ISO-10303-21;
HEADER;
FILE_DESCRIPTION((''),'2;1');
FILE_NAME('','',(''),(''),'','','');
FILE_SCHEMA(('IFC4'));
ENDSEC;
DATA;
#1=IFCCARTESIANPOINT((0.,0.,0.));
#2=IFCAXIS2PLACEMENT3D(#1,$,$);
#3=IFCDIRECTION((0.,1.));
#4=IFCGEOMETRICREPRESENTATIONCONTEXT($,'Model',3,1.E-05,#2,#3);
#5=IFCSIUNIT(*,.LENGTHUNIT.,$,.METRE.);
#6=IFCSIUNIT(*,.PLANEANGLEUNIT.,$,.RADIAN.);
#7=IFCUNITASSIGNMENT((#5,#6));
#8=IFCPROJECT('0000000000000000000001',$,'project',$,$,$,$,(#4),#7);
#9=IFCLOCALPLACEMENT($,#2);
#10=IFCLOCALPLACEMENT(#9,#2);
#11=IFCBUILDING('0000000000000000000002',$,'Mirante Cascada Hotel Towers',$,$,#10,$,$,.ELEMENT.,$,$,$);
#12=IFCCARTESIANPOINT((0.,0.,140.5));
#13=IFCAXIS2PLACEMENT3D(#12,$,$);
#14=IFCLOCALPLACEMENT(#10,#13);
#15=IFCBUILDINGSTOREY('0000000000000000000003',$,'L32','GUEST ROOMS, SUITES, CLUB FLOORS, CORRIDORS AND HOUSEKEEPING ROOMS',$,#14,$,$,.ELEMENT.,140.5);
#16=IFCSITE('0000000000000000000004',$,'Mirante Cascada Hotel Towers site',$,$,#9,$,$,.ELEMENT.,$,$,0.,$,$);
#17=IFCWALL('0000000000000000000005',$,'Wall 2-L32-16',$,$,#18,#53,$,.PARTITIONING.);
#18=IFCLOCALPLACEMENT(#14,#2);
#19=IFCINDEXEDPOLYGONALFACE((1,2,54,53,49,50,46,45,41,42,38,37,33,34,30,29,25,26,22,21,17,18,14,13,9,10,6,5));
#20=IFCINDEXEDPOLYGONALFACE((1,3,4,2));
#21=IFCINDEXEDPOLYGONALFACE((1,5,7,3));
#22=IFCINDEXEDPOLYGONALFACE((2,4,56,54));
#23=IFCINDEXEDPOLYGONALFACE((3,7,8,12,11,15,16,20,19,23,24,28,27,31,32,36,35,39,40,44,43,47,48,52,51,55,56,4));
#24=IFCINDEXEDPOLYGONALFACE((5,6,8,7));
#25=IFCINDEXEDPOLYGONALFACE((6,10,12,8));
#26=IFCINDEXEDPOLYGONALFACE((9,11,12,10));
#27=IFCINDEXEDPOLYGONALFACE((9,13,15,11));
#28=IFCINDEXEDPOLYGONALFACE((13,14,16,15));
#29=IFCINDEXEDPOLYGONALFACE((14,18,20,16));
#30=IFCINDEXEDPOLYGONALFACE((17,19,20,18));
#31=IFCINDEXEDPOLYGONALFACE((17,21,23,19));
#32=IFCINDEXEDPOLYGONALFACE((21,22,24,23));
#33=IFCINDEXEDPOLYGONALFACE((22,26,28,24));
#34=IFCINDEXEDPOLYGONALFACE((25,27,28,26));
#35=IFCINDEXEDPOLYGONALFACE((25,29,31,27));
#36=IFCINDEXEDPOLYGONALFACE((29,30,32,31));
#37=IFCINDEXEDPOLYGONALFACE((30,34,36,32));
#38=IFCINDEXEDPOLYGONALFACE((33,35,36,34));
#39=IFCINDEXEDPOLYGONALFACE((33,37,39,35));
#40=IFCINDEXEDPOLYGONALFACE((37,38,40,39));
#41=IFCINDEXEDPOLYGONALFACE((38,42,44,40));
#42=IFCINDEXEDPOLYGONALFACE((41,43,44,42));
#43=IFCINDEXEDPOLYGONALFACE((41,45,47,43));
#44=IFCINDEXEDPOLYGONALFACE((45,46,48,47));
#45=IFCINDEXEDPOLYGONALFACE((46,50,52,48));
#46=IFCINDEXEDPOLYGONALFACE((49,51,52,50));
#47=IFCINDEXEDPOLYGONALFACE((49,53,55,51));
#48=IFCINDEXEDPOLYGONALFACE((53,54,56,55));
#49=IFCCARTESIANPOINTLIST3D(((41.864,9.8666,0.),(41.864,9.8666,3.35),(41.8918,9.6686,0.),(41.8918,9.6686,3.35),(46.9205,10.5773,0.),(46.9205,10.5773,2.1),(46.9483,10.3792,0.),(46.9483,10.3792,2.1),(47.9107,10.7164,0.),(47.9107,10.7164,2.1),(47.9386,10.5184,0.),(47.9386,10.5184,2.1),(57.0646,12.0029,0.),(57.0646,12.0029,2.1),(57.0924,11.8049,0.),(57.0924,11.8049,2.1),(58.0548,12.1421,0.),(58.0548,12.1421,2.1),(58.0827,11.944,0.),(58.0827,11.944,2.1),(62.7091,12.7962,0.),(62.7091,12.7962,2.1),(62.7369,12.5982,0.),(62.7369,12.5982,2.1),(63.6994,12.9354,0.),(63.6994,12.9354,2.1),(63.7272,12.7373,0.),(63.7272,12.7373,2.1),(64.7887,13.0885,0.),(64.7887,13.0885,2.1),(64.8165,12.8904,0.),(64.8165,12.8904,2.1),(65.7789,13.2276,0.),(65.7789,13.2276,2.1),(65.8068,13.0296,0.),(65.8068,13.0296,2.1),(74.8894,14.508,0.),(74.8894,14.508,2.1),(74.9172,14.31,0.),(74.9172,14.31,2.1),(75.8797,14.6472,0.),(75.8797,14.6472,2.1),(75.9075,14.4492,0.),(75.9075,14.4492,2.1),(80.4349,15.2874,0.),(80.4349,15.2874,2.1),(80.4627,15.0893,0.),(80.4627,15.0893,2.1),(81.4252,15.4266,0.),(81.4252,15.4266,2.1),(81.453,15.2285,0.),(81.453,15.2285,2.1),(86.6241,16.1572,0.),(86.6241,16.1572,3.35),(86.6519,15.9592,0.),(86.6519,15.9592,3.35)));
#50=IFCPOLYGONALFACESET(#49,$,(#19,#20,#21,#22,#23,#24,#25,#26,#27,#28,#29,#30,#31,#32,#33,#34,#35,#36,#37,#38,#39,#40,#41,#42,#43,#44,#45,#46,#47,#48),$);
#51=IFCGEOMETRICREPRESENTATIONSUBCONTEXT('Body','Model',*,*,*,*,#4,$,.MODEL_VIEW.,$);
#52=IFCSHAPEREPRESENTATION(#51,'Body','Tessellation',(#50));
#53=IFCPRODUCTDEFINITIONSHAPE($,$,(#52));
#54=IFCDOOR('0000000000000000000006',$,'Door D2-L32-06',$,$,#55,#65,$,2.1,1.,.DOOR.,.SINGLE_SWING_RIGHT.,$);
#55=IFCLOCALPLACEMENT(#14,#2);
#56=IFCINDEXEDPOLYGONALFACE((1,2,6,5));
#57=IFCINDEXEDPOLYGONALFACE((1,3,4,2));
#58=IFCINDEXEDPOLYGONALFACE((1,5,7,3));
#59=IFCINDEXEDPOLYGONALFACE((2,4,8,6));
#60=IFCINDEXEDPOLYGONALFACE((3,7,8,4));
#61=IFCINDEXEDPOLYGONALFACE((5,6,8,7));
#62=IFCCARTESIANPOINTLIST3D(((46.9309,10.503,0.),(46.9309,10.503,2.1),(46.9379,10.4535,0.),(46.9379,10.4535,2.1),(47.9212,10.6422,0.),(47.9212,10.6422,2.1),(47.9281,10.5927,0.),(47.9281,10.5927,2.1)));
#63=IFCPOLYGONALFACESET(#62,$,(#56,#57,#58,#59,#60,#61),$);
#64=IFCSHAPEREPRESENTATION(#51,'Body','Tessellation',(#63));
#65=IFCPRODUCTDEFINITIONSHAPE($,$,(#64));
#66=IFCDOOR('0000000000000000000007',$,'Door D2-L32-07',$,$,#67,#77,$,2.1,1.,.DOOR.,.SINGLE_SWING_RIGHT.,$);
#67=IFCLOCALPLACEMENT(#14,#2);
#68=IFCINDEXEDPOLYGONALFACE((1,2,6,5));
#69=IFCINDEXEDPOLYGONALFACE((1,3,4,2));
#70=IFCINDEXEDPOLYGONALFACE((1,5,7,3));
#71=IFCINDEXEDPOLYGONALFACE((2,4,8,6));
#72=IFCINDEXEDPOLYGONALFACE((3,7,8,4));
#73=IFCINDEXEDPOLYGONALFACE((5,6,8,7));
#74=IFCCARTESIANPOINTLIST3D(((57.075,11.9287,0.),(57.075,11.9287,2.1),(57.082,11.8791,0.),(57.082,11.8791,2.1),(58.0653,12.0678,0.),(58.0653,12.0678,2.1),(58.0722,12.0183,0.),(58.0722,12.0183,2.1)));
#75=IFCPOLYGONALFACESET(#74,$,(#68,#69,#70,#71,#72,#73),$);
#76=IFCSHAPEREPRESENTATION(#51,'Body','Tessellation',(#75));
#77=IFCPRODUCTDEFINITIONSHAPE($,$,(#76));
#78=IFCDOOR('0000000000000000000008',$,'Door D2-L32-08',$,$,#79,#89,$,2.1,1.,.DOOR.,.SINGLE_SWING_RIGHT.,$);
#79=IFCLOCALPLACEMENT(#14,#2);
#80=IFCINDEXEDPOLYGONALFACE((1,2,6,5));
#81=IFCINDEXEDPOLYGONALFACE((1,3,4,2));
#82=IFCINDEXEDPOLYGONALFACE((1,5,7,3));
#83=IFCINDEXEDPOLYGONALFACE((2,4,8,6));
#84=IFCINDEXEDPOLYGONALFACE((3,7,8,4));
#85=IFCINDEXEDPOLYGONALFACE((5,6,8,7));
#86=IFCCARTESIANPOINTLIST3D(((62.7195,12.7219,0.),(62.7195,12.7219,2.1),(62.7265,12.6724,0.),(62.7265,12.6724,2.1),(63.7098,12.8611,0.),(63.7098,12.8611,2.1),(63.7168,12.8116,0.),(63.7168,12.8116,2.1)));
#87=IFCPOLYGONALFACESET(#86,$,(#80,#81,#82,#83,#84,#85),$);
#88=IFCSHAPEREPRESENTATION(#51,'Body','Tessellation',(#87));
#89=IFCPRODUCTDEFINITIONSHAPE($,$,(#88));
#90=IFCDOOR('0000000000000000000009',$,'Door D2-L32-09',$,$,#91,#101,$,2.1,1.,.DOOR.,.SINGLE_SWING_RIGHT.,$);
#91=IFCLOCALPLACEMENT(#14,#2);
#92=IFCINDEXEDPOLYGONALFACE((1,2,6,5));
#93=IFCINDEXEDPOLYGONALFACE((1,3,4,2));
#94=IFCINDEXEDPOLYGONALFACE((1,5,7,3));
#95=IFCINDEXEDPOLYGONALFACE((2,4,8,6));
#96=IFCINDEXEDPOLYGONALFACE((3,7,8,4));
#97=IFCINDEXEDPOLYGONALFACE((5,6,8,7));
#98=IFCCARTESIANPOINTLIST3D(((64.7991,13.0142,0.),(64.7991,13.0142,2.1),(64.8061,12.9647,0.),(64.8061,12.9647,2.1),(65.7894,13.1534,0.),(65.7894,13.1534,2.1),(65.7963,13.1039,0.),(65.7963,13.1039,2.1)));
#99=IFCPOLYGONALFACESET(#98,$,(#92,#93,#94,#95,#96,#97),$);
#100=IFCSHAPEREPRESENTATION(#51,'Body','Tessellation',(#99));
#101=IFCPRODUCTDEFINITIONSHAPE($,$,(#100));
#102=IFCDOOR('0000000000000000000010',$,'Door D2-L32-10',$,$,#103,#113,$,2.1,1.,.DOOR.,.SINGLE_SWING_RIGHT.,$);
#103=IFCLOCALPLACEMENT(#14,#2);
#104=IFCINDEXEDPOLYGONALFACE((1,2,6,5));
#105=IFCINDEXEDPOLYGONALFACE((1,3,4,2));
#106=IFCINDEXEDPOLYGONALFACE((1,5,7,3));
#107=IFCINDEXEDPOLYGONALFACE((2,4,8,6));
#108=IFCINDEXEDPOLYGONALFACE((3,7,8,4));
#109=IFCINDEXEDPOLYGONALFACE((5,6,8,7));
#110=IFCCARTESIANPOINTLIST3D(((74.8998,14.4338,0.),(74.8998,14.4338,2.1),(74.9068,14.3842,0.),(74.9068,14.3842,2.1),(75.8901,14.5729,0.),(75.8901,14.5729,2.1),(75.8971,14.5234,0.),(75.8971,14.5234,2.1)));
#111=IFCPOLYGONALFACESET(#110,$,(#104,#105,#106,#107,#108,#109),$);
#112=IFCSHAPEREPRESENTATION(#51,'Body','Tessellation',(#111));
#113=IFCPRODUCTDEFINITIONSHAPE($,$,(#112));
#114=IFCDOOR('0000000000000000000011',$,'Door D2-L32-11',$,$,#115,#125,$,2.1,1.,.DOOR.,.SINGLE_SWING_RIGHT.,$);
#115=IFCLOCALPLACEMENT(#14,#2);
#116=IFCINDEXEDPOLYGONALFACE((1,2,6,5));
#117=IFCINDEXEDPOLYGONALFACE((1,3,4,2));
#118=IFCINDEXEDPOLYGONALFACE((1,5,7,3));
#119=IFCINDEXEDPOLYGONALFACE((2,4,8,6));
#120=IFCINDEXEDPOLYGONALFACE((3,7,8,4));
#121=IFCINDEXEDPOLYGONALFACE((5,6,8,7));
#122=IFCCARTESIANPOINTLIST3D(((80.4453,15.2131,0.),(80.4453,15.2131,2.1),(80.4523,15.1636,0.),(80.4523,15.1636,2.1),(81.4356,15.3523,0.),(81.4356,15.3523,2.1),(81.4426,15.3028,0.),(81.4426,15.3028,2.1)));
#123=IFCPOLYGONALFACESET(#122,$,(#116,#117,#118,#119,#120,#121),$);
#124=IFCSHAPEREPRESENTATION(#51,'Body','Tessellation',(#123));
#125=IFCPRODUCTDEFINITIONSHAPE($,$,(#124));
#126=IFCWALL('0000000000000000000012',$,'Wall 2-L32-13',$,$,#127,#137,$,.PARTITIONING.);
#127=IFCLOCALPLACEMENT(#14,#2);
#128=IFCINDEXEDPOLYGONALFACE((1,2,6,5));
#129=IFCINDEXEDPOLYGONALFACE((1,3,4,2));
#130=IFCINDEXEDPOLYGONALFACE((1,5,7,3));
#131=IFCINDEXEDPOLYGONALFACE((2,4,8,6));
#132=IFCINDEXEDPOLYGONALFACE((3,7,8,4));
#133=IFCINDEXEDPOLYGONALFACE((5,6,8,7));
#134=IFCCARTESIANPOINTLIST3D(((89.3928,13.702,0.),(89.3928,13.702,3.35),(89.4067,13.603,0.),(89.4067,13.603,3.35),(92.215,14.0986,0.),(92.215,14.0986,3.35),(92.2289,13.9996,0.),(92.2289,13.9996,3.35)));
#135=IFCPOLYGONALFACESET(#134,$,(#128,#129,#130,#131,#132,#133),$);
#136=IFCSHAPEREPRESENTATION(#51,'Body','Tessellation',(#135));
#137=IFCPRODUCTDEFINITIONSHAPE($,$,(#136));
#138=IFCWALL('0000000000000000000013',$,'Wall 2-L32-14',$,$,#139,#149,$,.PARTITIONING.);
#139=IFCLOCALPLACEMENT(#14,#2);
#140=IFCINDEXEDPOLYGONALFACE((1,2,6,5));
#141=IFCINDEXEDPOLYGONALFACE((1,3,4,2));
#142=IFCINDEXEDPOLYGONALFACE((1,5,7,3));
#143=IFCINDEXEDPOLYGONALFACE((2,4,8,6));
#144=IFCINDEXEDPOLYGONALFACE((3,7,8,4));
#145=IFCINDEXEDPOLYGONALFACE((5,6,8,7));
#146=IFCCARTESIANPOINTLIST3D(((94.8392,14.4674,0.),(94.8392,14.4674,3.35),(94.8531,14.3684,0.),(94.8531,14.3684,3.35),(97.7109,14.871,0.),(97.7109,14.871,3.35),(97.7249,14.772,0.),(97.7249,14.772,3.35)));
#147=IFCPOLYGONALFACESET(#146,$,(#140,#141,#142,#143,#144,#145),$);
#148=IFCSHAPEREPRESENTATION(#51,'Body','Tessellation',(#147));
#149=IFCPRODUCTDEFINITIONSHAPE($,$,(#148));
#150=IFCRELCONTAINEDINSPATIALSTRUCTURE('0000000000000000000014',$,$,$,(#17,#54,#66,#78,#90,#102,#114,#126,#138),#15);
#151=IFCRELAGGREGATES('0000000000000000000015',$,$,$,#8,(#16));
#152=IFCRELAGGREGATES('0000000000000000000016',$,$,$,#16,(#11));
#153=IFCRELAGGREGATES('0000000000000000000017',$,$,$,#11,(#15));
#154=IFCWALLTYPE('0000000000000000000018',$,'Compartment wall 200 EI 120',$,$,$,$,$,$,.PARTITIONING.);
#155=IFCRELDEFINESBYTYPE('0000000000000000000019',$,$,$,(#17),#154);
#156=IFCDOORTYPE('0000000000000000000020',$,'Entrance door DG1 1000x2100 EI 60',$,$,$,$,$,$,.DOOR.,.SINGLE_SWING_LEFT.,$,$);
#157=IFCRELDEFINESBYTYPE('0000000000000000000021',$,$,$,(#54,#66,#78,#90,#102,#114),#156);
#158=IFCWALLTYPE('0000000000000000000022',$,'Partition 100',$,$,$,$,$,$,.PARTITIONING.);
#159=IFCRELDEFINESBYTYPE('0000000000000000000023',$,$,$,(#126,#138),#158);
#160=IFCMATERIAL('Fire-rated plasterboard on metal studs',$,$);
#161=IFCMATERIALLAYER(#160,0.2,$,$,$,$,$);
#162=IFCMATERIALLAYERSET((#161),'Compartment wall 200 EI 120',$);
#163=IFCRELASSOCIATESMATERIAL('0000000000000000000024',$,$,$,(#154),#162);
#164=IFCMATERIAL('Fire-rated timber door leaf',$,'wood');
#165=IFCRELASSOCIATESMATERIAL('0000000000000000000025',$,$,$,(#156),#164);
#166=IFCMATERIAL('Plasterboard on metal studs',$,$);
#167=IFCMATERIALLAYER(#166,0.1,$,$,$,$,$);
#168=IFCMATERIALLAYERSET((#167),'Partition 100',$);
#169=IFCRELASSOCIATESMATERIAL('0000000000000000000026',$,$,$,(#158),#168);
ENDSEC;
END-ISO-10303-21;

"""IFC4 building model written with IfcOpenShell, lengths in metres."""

from ifc_helpers import new_model, si_unit, direction, frame, frame_2d, origin, place, context, subcontext, project, spatial, rectangle, extrude, material, layer, layer_set, type_object, element, fill, save


model = new_model("IFC4")

# Units and contexts
model_context = context("Model", 3, precision=1e-05, world=origin(), true_north=direction((0.0, 1.0)))
body_context = subcontext(model_context, "Body", "Model", "MODEL_VIEW")
ifc_project = project(units=[si_unit("LENGTHUNIT", "METRE"), si_unit("PLANEANGLEUNIT", "RADIAN")], contexts=[model_context])

# Site, building, storey
site_placement = place(None, origin())
site = spatial("IfcSite", under=ifc_project, at=site_placement, Name="Mirante Cascada Hotel Towers site", CompositionType="ELEMENT", RefElevation=0.0)
building_placement = place(site_placement, origin())
building = spatial("IfcBuilding", under=site, at=building_placement, Name="Mirante Cascada Hotel Towers", CompositionType="ELEMENT")
storey_placement = place(building_placement, frame((0.0, 0.0, 140.5)))
storey = spatial("IfcBuildingStorey", under=building, at=storey_placement, Name="L32", Description="GUEST ROOMS, SUITES, CLUB FLOORS, CORRIDORS AND HOUSEKEEPING ROOMS", CompositionType="ELEMENT", Elevation=140.5)

# Shared definitions
ifc_material_1 = material(Name="Fire-rated plasterboard on metal studs")
ifc_layer_1 = layer(ifc_material_1, 0.2)
ifc_layer_set_1 = layer_set([ifc_layer_1], Name="Compartment wall 200 EI 120")
wall_type_1 = type_object("IfcWallType", Name="Compartment wall 200 EI 120", PredefinedType="PARTITIONING", material=ifc_layer_set_1)

# Wall, openings, doors
wall_1_placement = place(storey_placement, frame((86.638, 16.0582, 0.0), z_axis=(0.0, 0.0, 1.0), x_axis=(-0.990268, -0.139173, 0.0)))
wall_1 = element("IfcWall", 1, at=wall_1_placement, inside=storey, type_object=wall_type_1, Name="Wall 2-L32-16", PredefinedType="PARTITIONING", context=body_context, shape_type="SweptSolid", body=[
    extrude(rectangle(XDim=45.2, YDim=0.2, at=frame_2d((22.6, 0.0))), origin(), (0.0, 0.0, 1.0), 3.35),
])
opening_1_placement = place(wall_1_placement, frame((39.0938, 0.0, 0.0)))
opening_1 = element("IfcOpeningElement", 2, at=opening_1_placement, cuts=wall_1, PredefinedType="OPENING", context=body_context, shape_type="SweptSolid", body=[
    extrude(rectangle(XDim=1.0, YDim=2.1, at=frame_2d((0.5, 1.05))), frame((0.0, 0.1, 0.0), z_axis=(0.0, -1.0, 0.0), x_axis=(1.0, 0.0, 0.0)), (0.0, 0.0, 1.0), 0.2),
])
opening_2_placement = place(wall_1_placement, frame((28.85, 0.0, 0.0)))
opening_2 = element("IfcOpeningElement", 3, at=opening_2_placement, cuts=wall_1, PredefinedType="OPENING", context=body_context, shape_type="SweptSolid", body=[
    extrude(rectangle(XDim=1.0, YDim=2.1, at=frame_2d((0.5, 1.05))), frame((0.0, 0.1, 0.0), z_axis=(0.0, -1.0, 0.0), x_axis=(1.0, 0.0, 0.0)), (0.0, 0.0, 1.0), 0.2),
])
opening_3_placement = place(wall_1_placement, frame((23.15, 0.0, 0.0)))
opening_3 = element("IfcOpeningElement", 4, at=opening_3_placement, cuts=wall_1, PredefinedType="OPENING", context=body_context, shape_type="SweptSolid", body=[
    extrude(rectangle(XDim=1.0, YDim=2.1, at=frame_2d((0.5, 1.05))), frame((0.0, 0.1, 0.0), z_axis=(0.0, -1.0, 0.0), x_axis=(1.0, 0.0, 0.0)), (0.0, 0.0, 1.0), 0.2),
])
opening_4_placement = place(wall_1_placement, frame((21.05, 0.0, 0.0)))
opening_4 = element("IfcOpeningElement", 5, at=opening_4_placement, cuts=wall_1, PredefinedType="OPENING", context=body_context, shape_type="SweptSolid", body=[
    extrude(rectangle(XDim=1.0, YDim=2.1, at=frame_2d((0.5, 1.05))), frame((0.0, 0.1, 0.0), z_axis=(0.0, -1.0, 0.0), x_axis=(1.0, 0.0, 0.0)), (0.0, 0.0, 1.0), 0.2),
])
opening_5_placement = place(wall_1_placement, frame((10.85, 0.0, 0.0)))
opening_5 = element("IfcOpeningElement", 6, at=opening_5_placement, cuts=wall_1, PredefinedType="OPENING", context=body_context, shape_type="SweptSolid", body=[
    extrude(rectangle(XDim=1.0, YDim=2.1, at=frame_2d((0.5, 1.05))), frame((0.0, 0.1, 0.0), z_axis=(0.0, -1.0, 0.0), x_axis=(1.0, 0.0, 0.0)), (0.0, 0.0, 1.0), 0.2),
])
opening_6_placement = place(wall_1_placement, frame((5.25, 0.0, 0.0)))
opening_6 = element("IfcOpeningElement", 7, at=opening_6_placement, cuts=wall_1, PredefinedType="OPENING", context=body_context, shape_type="SweptSolid", body=[
    extrude(rectangle(XDim=1.0, YDim=2.1, at=frame_2d((0.5, 1.05))), frame((0.0, 0.1, 0.0), z_axis=(0.0, -1.0, 0.0), x_axis=(1.0, 0.0, 0.0)), (0.0, 0.0, 1.0), 0.2),
])
ifc_material_2 = material(Name="Fire-rated timber door leaf", Category="wood")
door_type_1 = type_object("IfcDoorType", Name="Entrance door DG1 1000x2100 EI 60", OperationType="SINGLE_SWING_LEFT", PredefinedType="DOOR", material=ifc_material_2)
door_1_placement = place(opening_1_placement, frame((1.0, 0.0, 0.0), z_axis=(0.0, 0.0, 1.0), x_axis=(-1.0, 0.0, 0.0)))
door_1 = element("IfcDoor", 8, at=door_1_placement, inside=storey, type_object=door_type_1, Name="Door D2-L32-06", OperationType="SINGLE_SWING_RIGHT", OverallHeight=2.1, OverallWidth=1.0, PredefinedType="DOOR", context=body_context, shape_type="SweptSolid", body=[
    extrude(rectangle(XDim=1.0, YDim=2.1, at=frame_2d((0.5, 1.05))), frame((0.0, 0.025, 0.0), z_axis=(0.0, -1.0, 0.0), x_axis=(1.0, 0.0, 0.0)), (0.0, 0.0, 1.0), 0.05),
])
fill(opening_1, door_1)
door_2_placement = place(opening_2_placement, frame((1.0, 0.0, 0.0), z_axis=(0.0, 0.0, 1.0), x_axis=(-1.0, 0.0, 0.0)))
door_2 = element("IfcDoor", 9, at=door_2_placement, inside=storey, type_object=door_type_1, Name="Door D2-L32-07", OperationType="SINGLE_SWING_RIGHT", OverallHeight=2.1, OverallWidth=1.0, PredefinedType="DOOR", context=body_context, shape_type="SweptSolid", body=[
    extrude(rectangle(XDim=1.0, YDim=2.1, at=frame_2d((0.5, 1.05))), frame((0.0, 0.025, 0.0), z_axis=(0.0, -1.0, 0.0), x_axis=(1.0, 0.0, 0.0)), (0.0, 0.0, 1.0), 0.05),
])
fill(opening_2, door_2)
door_3_placement = place(opening_3_placement, frame((1.0, 0.0, 0.0), z_axis=(0.0, 0.0, 1.0), x_axis=(-1.0, 0.0, 0.0)))
door_3 = element("IfcDoor", 10, at=door_3_placement, inside=storey, type_object=door_type_1, Name="Door D2-L32-08", OperationType="SINGLE_SWING_RIGHT", OverallHeight=2.1, OverallWidth=1.0, PredefinedType="DOOR", context=body_context, shape_type="SweptSolid", body=[
    extrude(rectangle(XDim=1.0, YDim=2.1, at=frame_2d((0.5, 1.05))), frame((0.0, 0.025, 0.0), z_axis=(0.0, -1.0, 0.0), x_axis=(1.0, 0.0, 0.0)), (0.0, 0.0, 1.0), 0.05),
])
fill(opening_3, door_3)
door_4_placement = place(opening_4_placement, frame((1.0, 0.0, 0.0), z_axis=(0.0, 0.0, 1.0), x_axis=(-1.0, 0.0, 0.0)))
door_4 = element("IfcDoor", 11, at=door_4_placement, inside=storey, type_object=door_type_1, Name="Door D2-L32-09", OperationType="SINGLE_SWING_RIGHT", OverallHeight=2.1, OverallWidth=1.0, PredefinedType="DOOR", context=body_context, shape_type="SweptSolid", body=[
    extrude(rectangle(XDim=1.0, YDim=2.1, at=frame_2d((0.5, 1.05))), frame((0.0, 0.025, 0.0), z_axis=(0.0, -1.0, 0.0), x_axis=(1.0, 0.0, 0.0)), (0.0, 0.0, 1.0), 0.05),
])
fill(opening_4, door_4)
door_5_placement = place(opening_5_placement, frame((1.0, 0.0, 0.0), z_axis=(0.0, 0.0, 1.0), x_axis=(-1.0, 0.0, 0.0)))
door_5 = element("IfcDoor", 12, at=door_5_placement, inside=storey, type_object=door_type_1, Name="Door D2-L32-10", OperationType="SINGLE_SWING_RIGHT", OverallHeight=2.1, OverallWidth=1.0, PredefinedType="DOOR", context=body_context, shape_type="SweptSolid", body=[
    extrude(rectangle(XDim=1.0, YDim=2.1, at=frame_2d((0.5, 1.05))), frame((0.0, 0.025, 0.0), z_axis=(0.0, -1.0, 0.0), x_axis=(1.0, 0.0, 0.0)), (0.0, 0.0, 1.0), 0.05),
])
fill(opening_5, door_5)
door_6_placement = place(opening_6_placement, frame((1.0, 0.0, 0.0), z_axis=(0.0, 0.0, 1.0), x_axis=(-1.0, 0.0, 0.0)))
door_6 = element("IfcDoor", 13, at=door_6_placement, inside=storey, type_object=door_type_1, Name="Door D2-L32-11", OperationType="SINGLE_SWING_RIGHT", OverallHeight=2.1, OverallWidth=1.0, PredefinedType="DOOR", context=body_context, shape_type="SweptSolid", body=[
    extrude(rectangle(XDim=1.0, YDim=2.1, at=frame_2d((0.5, 1.05))), frame((0.0, 0.025, 0.0), z_axis=(0.0, -1.0, 0.0), x_axis=(1.0, 0.0, 0.0)), (0.0, 0.0, 1.0), 0.05),
])
fill(opening_6, door_6)

# Walls
ifc_material_3 = material(Name="Plasterboard on metal studs")
ifc_layer_2 = layer(ifc_material_3, 0.1)
ifc_layer_set_2 = layer_set([ifc_layer_2], Name="Partition 100")
wall_type_2 = type_object("IfcWallType", Name="Partition 100", PredefinedType="PARTITIONING", material=ifc_layer_set_2)
wall_2_placement = place(storey_placement, frame((89.3997, 13.6525, 0.0), z_axis=(0.0, 0.0, 1.0), x_axis=(0.99027, 0.139161, 0.0)))
element("IfcWall", 14, at=wall_2_placement, inside=storey, type_object=wall_type_2, Name="Wall 2-L32-13", PredefinedType="PARTITIONING", context=body_context, shape_type="SweptSolid", body=[
    extrude(rectangle(XDim=2.8499, YDim=0.1, at=frame_2d((1.425, 0.0))), origin(), (0.0, 0.0, 1.0), 3.35),
])
wall_3_placement = place(storey_placement, frame((97.7179, 14.8215, 0.0), z_axis=(0.0, 0.0, 1.0), x_axis=(-0.990268, -0.139171, 0.0)))
element("IfcWall", 15, at=wall_3_placement, inside=storey, type_object=wall_type_2, Name="Wall 2-L32-14", PredefinedType="PARTITIONING", context=body_context, shape_type="SweptSolid", body=[
    extrude(rectangle(XDim=2.9, YDim=0.1, at=frame_2d((1.45, 0.0))), origin(), (0.0, 0.0, 1.0), 3.35),
])

save(model, "model.ifc")
